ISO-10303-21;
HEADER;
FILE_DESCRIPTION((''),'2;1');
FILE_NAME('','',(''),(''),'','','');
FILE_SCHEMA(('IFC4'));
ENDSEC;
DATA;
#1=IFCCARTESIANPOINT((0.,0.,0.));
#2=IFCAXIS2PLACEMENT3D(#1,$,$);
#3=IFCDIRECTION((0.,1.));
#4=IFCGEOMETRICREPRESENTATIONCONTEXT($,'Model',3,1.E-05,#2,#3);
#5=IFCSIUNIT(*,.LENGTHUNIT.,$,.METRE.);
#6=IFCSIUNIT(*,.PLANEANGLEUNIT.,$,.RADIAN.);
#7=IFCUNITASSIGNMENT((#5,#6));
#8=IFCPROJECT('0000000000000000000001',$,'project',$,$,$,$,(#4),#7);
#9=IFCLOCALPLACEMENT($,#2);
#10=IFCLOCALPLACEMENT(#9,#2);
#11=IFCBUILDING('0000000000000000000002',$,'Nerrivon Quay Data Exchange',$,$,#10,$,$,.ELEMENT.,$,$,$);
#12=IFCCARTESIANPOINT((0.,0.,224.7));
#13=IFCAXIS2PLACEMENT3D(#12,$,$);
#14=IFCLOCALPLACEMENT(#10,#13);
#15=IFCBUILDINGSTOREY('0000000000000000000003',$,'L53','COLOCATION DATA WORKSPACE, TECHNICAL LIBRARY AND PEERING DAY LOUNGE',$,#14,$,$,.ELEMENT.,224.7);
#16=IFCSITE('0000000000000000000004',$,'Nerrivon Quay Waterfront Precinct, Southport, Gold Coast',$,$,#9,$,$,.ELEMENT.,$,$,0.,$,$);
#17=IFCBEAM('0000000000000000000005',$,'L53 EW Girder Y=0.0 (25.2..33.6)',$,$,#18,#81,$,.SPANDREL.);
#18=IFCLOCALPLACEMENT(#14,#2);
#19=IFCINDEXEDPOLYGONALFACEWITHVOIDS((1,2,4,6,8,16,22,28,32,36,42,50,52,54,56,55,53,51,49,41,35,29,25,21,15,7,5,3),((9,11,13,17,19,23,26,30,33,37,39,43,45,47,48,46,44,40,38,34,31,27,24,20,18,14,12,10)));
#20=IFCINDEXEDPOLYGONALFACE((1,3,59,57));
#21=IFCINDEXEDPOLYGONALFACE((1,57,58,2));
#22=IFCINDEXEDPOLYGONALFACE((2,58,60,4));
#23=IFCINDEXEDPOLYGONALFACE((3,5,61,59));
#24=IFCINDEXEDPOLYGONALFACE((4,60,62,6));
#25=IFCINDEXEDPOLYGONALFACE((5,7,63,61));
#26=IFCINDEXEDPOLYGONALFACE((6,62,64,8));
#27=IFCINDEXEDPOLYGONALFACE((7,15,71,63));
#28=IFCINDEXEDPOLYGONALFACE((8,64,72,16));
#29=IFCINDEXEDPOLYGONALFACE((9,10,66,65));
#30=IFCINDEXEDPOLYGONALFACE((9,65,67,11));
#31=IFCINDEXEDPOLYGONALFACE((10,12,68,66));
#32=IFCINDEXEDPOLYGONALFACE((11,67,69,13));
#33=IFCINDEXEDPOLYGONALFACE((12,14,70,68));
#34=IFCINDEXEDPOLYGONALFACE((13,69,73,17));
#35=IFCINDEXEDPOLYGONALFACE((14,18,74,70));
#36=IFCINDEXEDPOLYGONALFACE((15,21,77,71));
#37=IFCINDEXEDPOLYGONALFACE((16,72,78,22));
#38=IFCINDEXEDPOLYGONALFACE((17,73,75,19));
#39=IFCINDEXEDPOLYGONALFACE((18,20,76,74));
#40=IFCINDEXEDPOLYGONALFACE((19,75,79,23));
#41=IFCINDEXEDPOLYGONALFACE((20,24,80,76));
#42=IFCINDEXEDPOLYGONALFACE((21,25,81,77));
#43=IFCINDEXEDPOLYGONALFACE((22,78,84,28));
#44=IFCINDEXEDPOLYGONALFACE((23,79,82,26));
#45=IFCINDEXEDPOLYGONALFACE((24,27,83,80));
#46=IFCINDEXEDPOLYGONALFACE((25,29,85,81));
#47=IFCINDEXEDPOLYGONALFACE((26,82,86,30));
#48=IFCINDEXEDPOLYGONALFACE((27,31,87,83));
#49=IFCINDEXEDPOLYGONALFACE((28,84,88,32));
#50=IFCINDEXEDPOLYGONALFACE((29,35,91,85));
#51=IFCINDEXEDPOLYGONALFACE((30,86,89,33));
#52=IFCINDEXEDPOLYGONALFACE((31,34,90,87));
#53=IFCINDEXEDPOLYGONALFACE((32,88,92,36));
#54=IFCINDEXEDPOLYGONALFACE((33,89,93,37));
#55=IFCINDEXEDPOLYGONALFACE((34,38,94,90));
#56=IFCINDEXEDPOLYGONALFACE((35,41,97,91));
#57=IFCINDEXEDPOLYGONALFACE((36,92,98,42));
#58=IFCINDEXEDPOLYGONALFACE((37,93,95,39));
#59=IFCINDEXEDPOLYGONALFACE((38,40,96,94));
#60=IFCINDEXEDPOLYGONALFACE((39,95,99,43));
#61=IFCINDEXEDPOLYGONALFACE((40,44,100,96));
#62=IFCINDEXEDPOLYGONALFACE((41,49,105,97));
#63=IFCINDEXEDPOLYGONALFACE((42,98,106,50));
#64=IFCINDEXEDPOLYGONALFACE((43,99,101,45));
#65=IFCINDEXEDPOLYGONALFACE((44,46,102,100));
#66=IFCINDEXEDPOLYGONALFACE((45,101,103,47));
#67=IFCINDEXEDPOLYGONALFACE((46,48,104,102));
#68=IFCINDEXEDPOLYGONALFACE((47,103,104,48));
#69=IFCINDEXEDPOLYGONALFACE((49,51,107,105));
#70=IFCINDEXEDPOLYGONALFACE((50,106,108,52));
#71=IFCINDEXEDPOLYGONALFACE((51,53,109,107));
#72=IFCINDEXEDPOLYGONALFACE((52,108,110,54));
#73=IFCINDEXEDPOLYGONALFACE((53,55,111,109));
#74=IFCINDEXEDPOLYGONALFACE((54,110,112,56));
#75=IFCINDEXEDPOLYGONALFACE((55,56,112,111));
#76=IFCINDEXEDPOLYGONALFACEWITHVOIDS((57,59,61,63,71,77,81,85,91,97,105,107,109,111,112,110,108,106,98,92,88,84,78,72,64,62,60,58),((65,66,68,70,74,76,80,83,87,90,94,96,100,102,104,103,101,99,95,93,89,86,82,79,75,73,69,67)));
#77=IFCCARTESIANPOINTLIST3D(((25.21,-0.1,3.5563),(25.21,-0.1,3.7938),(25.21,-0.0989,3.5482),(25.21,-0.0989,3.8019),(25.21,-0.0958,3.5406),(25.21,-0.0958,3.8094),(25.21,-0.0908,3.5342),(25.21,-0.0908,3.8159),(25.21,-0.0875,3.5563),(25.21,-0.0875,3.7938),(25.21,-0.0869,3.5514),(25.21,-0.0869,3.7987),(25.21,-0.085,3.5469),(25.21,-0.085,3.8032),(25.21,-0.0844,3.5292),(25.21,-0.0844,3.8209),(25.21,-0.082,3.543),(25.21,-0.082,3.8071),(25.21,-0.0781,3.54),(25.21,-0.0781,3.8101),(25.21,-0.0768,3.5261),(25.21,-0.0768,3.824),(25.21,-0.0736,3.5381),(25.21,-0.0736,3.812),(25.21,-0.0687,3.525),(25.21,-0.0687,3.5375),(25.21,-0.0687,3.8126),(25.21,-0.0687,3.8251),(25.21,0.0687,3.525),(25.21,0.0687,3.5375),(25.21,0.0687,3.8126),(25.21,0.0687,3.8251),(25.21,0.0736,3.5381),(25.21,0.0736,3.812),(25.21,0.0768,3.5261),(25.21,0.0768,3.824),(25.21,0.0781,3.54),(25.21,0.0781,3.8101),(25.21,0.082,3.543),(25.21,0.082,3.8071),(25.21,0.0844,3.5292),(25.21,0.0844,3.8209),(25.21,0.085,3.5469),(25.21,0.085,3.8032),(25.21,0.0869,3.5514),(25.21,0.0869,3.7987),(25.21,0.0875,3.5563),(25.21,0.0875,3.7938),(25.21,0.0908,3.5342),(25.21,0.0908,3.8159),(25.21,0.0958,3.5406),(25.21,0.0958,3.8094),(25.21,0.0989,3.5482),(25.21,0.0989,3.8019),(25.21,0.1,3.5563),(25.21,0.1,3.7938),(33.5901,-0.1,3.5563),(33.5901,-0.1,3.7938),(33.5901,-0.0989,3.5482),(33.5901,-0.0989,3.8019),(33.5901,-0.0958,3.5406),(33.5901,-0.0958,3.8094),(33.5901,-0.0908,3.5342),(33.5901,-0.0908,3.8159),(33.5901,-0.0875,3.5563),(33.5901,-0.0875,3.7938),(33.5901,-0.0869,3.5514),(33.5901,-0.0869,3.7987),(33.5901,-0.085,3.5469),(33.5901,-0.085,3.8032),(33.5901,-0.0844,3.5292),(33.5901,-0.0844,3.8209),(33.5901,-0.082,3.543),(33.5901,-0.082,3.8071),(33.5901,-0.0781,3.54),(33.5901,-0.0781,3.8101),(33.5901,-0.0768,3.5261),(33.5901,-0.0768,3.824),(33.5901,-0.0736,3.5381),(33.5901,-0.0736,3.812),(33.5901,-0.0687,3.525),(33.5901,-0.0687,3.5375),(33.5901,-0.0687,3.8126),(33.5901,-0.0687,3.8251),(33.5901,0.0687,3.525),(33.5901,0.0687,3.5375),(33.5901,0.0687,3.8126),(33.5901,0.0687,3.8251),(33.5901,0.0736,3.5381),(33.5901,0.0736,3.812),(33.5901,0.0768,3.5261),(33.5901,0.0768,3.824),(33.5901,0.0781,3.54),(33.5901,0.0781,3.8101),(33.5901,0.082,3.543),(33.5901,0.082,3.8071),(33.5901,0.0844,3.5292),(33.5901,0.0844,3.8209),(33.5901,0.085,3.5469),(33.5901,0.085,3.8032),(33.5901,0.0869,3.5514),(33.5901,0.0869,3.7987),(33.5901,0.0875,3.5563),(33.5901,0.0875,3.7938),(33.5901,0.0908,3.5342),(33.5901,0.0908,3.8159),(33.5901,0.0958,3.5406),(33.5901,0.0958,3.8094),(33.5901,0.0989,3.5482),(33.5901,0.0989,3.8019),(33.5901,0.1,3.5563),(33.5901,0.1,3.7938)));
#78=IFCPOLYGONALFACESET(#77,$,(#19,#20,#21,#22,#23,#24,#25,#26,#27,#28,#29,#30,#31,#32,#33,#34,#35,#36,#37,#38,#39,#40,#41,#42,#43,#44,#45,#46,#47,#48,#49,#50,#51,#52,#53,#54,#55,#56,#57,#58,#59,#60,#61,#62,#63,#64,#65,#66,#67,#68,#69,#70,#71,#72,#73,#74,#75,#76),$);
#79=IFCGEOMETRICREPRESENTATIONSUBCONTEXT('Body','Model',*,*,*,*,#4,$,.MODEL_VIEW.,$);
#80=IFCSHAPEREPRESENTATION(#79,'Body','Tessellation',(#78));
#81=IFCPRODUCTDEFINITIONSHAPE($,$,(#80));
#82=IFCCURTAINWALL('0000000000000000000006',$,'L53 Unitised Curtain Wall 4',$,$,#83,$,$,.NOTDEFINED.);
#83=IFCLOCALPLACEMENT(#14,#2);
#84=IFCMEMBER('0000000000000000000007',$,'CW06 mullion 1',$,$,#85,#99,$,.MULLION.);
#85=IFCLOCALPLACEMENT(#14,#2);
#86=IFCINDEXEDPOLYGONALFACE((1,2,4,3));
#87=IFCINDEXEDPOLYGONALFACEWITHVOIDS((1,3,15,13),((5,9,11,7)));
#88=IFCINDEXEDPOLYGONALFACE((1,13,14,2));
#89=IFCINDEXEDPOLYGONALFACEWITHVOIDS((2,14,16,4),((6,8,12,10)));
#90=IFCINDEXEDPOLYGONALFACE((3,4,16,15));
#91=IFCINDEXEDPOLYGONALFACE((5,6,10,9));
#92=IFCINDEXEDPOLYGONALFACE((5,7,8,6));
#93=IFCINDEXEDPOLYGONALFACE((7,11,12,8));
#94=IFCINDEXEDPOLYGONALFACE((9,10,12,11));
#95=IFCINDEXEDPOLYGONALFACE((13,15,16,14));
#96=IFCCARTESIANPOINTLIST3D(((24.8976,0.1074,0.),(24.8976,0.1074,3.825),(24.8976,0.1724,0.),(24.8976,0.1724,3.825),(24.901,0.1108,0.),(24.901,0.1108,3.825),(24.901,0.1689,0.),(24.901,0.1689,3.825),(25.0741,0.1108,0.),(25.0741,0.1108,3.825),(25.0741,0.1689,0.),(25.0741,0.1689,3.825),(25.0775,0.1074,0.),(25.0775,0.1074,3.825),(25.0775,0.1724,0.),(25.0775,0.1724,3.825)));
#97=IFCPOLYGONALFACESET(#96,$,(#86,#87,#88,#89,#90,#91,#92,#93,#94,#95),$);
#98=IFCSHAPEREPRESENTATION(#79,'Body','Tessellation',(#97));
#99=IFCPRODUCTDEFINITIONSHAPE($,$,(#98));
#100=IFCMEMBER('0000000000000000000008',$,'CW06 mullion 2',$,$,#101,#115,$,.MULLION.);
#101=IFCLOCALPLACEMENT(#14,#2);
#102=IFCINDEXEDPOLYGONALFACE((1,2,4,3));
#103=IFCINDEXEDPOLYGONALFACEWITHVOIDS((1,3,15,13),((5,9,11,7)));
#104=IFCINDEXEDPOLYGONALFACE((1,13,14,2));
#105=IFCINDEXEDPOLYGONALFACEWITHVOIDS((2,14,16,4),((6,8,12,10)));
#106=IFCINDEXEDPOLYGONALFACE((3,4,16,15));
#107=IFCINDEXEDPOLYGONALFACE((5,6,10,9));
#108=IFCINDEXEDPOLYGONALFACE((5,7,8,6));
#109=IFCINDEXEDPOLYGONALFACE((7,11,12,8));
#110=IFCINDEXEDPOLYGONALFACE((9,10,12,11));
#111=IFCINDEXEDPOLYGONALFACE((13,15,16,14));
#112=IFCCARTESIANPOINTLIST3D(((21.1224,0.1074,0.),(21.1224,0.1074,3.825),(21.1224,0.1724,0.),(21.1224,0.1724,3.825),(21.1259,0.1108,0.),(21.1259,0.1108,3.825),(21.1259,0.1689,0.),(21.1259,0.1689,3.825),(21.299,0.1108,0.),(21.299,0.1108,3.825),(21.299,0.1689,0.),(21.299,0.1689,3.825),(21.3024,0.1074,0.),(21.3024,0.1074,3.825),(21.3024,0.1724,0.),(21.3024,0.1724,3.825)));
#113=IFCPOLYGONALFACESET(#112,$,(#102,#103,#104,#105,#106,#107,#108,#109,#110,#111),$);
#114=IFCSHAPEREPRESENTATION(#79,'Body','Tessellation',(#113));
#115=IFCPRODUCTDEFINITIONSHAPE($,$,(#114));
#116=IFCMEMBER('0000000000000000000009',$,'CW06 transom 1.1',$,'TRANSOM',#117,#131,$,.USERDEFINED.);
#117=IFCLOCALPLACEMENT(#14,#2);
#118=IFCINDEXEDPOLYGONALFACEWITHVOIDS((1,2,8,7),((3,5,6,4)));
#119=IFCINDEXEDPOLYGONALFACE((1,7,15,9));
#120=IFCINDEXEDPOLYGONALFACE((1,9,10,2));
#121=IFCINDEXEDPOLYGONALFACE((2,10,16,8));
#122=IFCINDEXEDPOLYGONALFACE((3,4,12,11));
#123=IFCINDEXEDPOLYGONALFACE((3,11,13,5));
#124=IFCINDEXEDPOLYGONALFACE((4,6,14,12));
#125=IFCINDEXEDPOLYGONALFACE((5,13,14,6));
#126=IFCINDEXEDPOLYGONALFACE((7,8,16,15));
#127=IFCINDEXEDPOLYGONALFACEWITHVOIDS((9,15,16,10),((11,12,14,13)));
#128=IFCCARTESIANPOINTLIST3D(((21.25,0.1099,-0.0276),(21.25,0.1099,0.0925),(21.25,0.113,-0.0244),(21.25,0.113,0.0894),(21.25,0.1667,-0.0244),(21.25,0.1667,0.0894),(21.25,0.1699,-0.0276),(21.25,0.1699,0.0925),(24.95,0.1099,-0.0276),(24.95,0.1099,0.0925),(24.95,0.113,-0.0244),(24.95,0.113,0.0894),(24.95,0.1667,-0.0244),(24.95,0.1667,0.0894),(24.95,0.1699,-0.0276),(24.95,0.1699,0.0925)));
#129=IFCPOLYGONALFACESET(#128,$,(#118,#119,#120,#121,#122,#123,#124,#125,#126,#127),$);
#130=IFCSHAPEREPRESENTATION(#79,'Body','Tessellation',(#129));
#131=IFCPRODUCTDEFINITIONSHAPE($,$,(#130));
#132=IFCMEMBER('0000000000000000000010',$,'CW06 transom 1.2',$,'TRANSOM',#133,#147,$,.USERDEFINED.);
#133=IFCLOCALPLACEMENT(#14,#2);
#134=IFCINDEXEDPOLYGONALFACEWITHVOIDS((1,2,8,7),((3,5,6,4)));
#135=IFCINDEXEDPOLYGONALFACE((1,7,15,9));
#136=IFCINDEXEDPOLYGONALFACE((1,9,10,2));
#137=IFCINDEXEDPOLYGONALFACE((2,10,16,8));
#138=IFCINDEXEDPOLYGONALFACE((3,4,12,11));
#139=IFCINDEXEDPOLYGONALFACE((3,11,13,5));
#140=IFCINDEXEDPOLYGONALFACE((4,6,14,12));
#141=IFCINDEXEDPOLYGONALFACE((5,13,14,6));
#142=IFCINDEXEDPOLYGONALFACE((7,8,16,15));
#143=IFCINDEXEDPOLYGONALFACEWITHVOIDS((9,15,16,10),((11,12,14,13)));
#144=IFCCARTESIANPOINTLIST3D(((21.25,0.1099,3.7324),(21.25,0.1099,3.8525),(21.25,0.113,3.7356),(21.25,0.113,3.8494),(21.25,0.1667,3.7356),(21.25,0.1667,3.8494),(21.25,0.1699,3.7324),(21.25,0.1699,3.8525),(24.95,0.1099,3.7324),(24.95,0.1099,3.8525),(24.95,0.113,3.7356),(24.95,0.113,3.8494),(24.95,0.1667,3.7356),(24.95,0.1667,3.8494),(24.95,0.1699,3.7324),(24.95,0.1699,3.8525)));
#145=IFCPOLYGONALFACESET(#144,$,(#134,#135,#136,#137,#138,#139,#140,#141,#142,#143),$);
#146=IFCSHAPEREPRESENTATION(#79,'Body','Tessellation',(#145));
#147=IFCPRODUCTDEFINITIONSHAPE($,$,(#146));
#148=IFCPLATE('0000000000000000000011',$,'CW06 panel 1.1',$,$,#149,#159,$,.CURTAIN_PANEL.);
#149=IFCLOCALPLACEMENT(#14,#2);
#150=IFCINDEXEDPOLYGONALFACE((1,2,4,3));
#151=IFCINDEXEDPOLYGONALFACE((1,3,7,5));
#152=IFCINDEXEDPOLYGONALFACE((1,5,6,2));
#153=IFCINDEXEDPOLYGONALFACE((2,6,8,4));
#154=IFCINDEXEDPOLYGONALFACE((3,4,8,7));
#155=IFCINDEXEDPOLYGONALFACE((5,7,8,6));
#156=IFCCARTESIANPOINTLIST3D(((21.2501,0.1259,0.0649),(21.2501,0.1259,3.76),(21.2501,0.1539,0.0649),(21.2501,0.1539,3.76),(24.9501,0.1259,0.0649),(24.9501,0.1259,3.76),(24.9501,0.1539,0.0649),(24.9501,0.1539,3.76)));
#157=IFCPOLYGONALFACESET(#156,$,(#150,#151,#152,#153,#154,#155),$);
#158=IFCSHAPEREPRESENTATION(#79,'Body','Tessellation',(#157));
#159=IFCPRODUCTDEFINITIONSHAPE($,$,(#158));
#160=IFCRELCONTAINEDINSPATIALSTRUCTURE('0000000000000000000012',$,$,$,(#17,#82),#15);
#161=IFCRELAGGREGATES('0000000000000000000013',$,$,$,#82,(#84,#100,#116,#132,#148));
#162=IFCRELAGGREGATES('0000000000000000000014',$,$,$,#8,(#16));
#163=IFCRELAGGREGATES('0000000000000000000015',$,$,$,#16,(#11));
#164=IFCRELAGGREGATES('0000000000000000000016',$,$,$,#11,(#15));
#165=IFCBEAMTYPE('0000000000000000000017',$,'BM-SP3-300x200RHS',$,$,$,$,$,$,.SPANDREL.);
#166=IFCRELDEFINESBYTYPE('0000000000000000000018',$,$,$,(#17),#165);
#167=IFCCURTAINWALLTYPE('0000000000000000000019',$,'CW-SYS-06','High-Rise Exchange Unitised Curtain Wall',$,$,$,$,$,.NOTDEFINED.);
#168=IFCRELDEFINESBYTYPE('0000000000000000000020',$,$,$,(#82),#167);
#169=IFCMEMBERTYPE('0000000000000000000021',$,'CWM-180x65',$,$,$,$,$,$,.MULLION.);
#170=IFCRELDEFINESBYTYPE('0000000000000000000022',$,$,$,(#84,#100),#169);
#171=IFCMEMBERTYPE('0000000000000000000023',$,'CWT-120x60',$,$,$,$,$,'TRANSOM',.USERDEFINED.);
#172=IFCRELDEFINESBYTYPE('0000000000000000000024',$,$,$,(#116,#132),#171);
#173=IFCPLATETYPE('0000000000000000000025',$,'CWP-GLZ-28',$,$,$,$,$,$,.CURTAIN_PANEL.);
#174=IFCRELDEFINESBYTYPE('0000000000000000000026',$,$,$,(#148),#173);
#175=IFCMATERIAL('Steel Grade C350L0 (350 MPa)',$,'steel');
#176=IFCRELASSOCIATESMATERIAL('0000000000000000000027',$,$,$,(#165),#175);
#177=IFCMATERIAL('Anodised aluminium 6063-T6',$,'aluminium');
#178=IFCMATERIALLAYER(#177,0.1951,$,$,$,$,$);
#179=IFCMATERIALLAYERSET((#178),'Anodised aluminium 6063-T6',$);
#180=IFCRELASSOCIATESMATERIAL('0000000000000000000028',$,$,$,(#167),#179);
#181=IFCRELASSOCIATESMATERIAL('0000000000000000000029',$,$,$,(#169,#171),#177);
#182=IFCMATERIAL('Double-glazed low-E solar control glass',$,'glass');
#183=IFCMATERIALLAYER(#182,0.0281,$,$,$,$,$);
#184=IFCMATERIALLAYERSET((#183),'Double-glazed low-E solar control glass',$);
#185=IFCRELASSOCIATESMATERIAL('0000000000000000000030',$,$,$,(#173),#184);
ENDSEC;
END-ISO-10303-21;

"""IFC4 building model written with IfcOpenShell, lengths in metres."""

from ifc_helpers import new_model, si_unit, direction, frame, origin, origin_2d, place, context, subcontext, project, spatial, rectangle, hollow_rectangle, extrude, material, layer, layer_set, material_profile, profile_set, type_object, element, aggregate, save


model = new_model("IFC4")

# Units and contexts
model_context = context("Model", 3, precision=1e-05, world=origin(), true_north=direction((0.0, 1.0)))
body_context = subcontext(model_context, "Body", "Model", "MODEL_VIEW")
ifc_project = project(units=[si_unit("LENGTHUNIT", "METRE"), si_unit("PLANEANGLEUNIT", "RADIAN")], contexts=[model_context])

# Site, building, storey
site_placement = place(None, origin())
site = spatial("IfcSite", under=ifc_project, at=site_placement, Name="Nerrivon Quay Waterfront Precinct, Southport, Gold Coast", CompositionType="ELEMENT", RefElevation=0.0)
building_placement = place(site_placement, origin())
building = spatial("IfcBuilding", under=site, at=building_placement, Name="Nerrivon Quay Data Exchange", CompositionType="ELEMENT")
storey_placement = place(building_placement, frame((0.0, 0.0, 224.7)))
storey = spatial("IfcBuildingStorey", under=building, at=storey_placement, Name="L53", Description="COLOCATION DATA WORKSPACE, TECHNICAL LIBRARY AND PEERING DAY LOUNGE", CompositionType="ELEMENT", Elevation=224.7)

# Beam
ifc_material_1 = material(Name="Steel Grade C350L0 (350 MPa)", Category="steel")
ifc_material_profile_1 = material_profile(ifc_material_1, hollow_rectangle(XDim=0.2, YDim=0.3, WallThickness=0.0125, InnerFilletRadius=0.0188, OuterFilletRadius=0.0312, at=origin_2d()), Name="300x200x12.5RHS")
ifc_profile_set_1 = profile_set([ifc_material_profile_1], Name="Steel Grade C350L0 (350 MPa)")
beam_type_1 = type_object("IfcBeamType", Name="BM-SP3-300x200RHS", PredefinedType="SPANDREL", material=ifc_profile_set_1)
beam_1_placement = place(storey_placement, frame((25.21, 0.0, 3.675), z_axis=(1.0, 0.0, 0.0), x_axis=(0.0, 1.0, 0.0)))
element("IfcBeam", 1, at=beam_1_placement, inside=storey, type_object=beam_type_1, Name="L53 EW Girder Y=0.0 (25.2..33.6)", PredefinedType="SPANDREL", context=body_context, shape_type="SweptSolid", body=[
    extrude(hollow_rectangle(XDim=0.2, YDim=0.3, WallThickness=0.0125, InnerFilletRadius=0.0188, OuterFilletRadius=0.0312, at=origin_2d()), origin(), (0.0, 0.0, 1.0), 8.3801),
])

# Curtain wall, members, plate
ifc_material_2 = material(Name="Anodised aluminium 6063-T6", Category="aluminium")
ifc_layer_1 = layer(ifc_material_2, 0.1951)
ifc_layer_set_1 = layer_set([ifc_layer_1], Name="Anodised aluminium 6063-T6")
curtain_wall_type = type_object("IfcCurtainWallType", Name="CW-SYS-06", Description="High-Rise Exchange Unitised Curtain Wall", PredefinedType="NOTDEFINED", material=ifc_layer_set_1)
curtain_wall_placement = place(storey_placement, origin())
curtain_wall = element("IfcCurtainWall", 2, at=curtain_wall_placement, inside=storey, type_object=curtain_wall_type, Name="L53 Unitised Curtain Wall 4", PredefinedType="NOTDEFINED")
ifc_material_profile_2 = material_profile(ifc_material_2, hollow_rectangle(XDim=0.0649, YDim=0.1799, WallThickness=0.0034, at=origin_2d()), Name="ALU-MULL-180x65")
ifc_profile_set_2 = profile_set([ifc_material_profile_2], Name="Anodised aluminium 6063-T6")
member_type_1 = type_object("IfcMemberType", Name="CWM-180x65", PredefinedType="MULLION", material=ifc_profile_set_2)
member_1_placement = place(storey_placement, frame((24.9875, 0.1399, 0.0), z_axis=(0.0, 0.0, 1.0), x_axis=(0.0, -1.0, 0.0)))
member_1 = element("IfcMember", 3, at=member_1_placement, type_object=member_type_1, Name="CW06 mullion 1", PredefinedType="MULLION", context=body_context, shape_type="SweptSolid", body=[
    extrude(hollow_rectangle(XDim=0.0649, YDim=0.1799, WallThickness=0.0034, at=origin_2d()), origin(), (0.0, 0.0, 1.0), 3.825),
])
member_2_placement = place(storey_placement, frame((21.2124, 0.1399, 0.0), z_axis=(0.0, 0.0, 1.0), x_axis=(0.0, -1.0, 0.0)))
member_2 = element("IfcMember", 4, at=member_2_placement, type_object=member_type_1, Name="CW06 mullion 2", PredefinedType="MULLION", context=body_context, shape_type="SweptSolid", body=[
    extrude(hollow_rectangle(XDim=0.0649, YDim=0.1799, WallThickness=0.0034, at=origin_2d()), origin(), (0.0, 0.0, 1.0), 3.825),
])
ifc_material_profile_3 = material_profile(ifc_material_2, hollow_rectangle(XDim=0.0601, YDim=0.1201, WallThickness=0.0032, at=origin_2d()), Name="ALU-TRAN-120x60")
ifc_profile_set_3 = profile_set([ifc_material_profile_3], Name="Anodised aluminium 6063-T6")
member_type_2 = type_object("IfcMemberType", Name="CWT-120x60", ElementType="TRANSOM", PredefinedType="USERDEFINED", material=ifc_profile_set_3)
member_3_placement = place(storey_placement, frame((24.95, 0.1399, 0.0325), z_axis=(-1.0, 0.0, 0.0), x_axis=(0.0, -1.0, 0.0)))
member_3 = element("IfcMember", 5, at=member_3_placement, type_object=member_type_2, Name="CW06 transom 1.1", ObjectType="TRANSOM", PredefinedType="USERDEFINED", context=body_context, shape_type="SweptSolid", body=[
    extrude(hollow_rectangle(XDim=0.0601, YDim=0.1201, WallThickness=0.0032, at=origin_2d()), origin(), (0.0, 0.0, 1.0), 3.7),
])
member_4_placement = place(storey_placement, frame((24.95, 0.1399, 3.7925), z_axis=(-1.0, 0.0, 0.0), x_axis=(0.0, -1.0, 0.0)))
member_4 = element("IfcMember", 6, at=member_4_placement, type_object=member_type_2, Name="CW06 transom 1.2", ObjectType="TRANSOM", PredefinedType="USERDEFINED", context=body_context, shape_type="SweptSolid", body=[
    extrude(hollow_rectangle(XDim=0.0601, YDim=0.1201, WallThickness=0.0032, at=origin_2d()), origin(), (0.0, 0.0, 1.0), 3.7),
])
ifc_material_3 = material(Name="Double-glazed low-E solar control glass", Category="glass")
ifc_layer_2 = layer(ifc_material_3, 0.0281)
ifc_layer_set_2 = layer_set([ifc_layer_2], Name="Double-glazed low-E solar control glass")
plate_type = type_object("IfcPlateType", Name="CWP-GLZ-28", PredefinedType="CURTAIN_PANEL", material=ifc_layer_set_2)
plate_placement = place(storey_placement, frame((23.1001, 0.1399, 0.0649), z_axis=(0.0, 0.0, 1.0), x_axis=(-1.0, 0.0, 0.0)))
plate = element("IfcPlate", 7, at=plate_placement, type_object=plate_type, Name="CW06 panel 1.1", PredefinedType="CURTAIN_PANEL", context=body_context, shape_type="SweptSolid", body=[
    extrude(rectangle(XDim=3.7, YDim=0.0281, at=origin_2d()), origin(), (0.0, 0.0, 1.0), 3.6951),
])
aggregate(curtain_wall, [member_1, member_2, member_3, member_4, plate])

save(model, "model.ifc")
